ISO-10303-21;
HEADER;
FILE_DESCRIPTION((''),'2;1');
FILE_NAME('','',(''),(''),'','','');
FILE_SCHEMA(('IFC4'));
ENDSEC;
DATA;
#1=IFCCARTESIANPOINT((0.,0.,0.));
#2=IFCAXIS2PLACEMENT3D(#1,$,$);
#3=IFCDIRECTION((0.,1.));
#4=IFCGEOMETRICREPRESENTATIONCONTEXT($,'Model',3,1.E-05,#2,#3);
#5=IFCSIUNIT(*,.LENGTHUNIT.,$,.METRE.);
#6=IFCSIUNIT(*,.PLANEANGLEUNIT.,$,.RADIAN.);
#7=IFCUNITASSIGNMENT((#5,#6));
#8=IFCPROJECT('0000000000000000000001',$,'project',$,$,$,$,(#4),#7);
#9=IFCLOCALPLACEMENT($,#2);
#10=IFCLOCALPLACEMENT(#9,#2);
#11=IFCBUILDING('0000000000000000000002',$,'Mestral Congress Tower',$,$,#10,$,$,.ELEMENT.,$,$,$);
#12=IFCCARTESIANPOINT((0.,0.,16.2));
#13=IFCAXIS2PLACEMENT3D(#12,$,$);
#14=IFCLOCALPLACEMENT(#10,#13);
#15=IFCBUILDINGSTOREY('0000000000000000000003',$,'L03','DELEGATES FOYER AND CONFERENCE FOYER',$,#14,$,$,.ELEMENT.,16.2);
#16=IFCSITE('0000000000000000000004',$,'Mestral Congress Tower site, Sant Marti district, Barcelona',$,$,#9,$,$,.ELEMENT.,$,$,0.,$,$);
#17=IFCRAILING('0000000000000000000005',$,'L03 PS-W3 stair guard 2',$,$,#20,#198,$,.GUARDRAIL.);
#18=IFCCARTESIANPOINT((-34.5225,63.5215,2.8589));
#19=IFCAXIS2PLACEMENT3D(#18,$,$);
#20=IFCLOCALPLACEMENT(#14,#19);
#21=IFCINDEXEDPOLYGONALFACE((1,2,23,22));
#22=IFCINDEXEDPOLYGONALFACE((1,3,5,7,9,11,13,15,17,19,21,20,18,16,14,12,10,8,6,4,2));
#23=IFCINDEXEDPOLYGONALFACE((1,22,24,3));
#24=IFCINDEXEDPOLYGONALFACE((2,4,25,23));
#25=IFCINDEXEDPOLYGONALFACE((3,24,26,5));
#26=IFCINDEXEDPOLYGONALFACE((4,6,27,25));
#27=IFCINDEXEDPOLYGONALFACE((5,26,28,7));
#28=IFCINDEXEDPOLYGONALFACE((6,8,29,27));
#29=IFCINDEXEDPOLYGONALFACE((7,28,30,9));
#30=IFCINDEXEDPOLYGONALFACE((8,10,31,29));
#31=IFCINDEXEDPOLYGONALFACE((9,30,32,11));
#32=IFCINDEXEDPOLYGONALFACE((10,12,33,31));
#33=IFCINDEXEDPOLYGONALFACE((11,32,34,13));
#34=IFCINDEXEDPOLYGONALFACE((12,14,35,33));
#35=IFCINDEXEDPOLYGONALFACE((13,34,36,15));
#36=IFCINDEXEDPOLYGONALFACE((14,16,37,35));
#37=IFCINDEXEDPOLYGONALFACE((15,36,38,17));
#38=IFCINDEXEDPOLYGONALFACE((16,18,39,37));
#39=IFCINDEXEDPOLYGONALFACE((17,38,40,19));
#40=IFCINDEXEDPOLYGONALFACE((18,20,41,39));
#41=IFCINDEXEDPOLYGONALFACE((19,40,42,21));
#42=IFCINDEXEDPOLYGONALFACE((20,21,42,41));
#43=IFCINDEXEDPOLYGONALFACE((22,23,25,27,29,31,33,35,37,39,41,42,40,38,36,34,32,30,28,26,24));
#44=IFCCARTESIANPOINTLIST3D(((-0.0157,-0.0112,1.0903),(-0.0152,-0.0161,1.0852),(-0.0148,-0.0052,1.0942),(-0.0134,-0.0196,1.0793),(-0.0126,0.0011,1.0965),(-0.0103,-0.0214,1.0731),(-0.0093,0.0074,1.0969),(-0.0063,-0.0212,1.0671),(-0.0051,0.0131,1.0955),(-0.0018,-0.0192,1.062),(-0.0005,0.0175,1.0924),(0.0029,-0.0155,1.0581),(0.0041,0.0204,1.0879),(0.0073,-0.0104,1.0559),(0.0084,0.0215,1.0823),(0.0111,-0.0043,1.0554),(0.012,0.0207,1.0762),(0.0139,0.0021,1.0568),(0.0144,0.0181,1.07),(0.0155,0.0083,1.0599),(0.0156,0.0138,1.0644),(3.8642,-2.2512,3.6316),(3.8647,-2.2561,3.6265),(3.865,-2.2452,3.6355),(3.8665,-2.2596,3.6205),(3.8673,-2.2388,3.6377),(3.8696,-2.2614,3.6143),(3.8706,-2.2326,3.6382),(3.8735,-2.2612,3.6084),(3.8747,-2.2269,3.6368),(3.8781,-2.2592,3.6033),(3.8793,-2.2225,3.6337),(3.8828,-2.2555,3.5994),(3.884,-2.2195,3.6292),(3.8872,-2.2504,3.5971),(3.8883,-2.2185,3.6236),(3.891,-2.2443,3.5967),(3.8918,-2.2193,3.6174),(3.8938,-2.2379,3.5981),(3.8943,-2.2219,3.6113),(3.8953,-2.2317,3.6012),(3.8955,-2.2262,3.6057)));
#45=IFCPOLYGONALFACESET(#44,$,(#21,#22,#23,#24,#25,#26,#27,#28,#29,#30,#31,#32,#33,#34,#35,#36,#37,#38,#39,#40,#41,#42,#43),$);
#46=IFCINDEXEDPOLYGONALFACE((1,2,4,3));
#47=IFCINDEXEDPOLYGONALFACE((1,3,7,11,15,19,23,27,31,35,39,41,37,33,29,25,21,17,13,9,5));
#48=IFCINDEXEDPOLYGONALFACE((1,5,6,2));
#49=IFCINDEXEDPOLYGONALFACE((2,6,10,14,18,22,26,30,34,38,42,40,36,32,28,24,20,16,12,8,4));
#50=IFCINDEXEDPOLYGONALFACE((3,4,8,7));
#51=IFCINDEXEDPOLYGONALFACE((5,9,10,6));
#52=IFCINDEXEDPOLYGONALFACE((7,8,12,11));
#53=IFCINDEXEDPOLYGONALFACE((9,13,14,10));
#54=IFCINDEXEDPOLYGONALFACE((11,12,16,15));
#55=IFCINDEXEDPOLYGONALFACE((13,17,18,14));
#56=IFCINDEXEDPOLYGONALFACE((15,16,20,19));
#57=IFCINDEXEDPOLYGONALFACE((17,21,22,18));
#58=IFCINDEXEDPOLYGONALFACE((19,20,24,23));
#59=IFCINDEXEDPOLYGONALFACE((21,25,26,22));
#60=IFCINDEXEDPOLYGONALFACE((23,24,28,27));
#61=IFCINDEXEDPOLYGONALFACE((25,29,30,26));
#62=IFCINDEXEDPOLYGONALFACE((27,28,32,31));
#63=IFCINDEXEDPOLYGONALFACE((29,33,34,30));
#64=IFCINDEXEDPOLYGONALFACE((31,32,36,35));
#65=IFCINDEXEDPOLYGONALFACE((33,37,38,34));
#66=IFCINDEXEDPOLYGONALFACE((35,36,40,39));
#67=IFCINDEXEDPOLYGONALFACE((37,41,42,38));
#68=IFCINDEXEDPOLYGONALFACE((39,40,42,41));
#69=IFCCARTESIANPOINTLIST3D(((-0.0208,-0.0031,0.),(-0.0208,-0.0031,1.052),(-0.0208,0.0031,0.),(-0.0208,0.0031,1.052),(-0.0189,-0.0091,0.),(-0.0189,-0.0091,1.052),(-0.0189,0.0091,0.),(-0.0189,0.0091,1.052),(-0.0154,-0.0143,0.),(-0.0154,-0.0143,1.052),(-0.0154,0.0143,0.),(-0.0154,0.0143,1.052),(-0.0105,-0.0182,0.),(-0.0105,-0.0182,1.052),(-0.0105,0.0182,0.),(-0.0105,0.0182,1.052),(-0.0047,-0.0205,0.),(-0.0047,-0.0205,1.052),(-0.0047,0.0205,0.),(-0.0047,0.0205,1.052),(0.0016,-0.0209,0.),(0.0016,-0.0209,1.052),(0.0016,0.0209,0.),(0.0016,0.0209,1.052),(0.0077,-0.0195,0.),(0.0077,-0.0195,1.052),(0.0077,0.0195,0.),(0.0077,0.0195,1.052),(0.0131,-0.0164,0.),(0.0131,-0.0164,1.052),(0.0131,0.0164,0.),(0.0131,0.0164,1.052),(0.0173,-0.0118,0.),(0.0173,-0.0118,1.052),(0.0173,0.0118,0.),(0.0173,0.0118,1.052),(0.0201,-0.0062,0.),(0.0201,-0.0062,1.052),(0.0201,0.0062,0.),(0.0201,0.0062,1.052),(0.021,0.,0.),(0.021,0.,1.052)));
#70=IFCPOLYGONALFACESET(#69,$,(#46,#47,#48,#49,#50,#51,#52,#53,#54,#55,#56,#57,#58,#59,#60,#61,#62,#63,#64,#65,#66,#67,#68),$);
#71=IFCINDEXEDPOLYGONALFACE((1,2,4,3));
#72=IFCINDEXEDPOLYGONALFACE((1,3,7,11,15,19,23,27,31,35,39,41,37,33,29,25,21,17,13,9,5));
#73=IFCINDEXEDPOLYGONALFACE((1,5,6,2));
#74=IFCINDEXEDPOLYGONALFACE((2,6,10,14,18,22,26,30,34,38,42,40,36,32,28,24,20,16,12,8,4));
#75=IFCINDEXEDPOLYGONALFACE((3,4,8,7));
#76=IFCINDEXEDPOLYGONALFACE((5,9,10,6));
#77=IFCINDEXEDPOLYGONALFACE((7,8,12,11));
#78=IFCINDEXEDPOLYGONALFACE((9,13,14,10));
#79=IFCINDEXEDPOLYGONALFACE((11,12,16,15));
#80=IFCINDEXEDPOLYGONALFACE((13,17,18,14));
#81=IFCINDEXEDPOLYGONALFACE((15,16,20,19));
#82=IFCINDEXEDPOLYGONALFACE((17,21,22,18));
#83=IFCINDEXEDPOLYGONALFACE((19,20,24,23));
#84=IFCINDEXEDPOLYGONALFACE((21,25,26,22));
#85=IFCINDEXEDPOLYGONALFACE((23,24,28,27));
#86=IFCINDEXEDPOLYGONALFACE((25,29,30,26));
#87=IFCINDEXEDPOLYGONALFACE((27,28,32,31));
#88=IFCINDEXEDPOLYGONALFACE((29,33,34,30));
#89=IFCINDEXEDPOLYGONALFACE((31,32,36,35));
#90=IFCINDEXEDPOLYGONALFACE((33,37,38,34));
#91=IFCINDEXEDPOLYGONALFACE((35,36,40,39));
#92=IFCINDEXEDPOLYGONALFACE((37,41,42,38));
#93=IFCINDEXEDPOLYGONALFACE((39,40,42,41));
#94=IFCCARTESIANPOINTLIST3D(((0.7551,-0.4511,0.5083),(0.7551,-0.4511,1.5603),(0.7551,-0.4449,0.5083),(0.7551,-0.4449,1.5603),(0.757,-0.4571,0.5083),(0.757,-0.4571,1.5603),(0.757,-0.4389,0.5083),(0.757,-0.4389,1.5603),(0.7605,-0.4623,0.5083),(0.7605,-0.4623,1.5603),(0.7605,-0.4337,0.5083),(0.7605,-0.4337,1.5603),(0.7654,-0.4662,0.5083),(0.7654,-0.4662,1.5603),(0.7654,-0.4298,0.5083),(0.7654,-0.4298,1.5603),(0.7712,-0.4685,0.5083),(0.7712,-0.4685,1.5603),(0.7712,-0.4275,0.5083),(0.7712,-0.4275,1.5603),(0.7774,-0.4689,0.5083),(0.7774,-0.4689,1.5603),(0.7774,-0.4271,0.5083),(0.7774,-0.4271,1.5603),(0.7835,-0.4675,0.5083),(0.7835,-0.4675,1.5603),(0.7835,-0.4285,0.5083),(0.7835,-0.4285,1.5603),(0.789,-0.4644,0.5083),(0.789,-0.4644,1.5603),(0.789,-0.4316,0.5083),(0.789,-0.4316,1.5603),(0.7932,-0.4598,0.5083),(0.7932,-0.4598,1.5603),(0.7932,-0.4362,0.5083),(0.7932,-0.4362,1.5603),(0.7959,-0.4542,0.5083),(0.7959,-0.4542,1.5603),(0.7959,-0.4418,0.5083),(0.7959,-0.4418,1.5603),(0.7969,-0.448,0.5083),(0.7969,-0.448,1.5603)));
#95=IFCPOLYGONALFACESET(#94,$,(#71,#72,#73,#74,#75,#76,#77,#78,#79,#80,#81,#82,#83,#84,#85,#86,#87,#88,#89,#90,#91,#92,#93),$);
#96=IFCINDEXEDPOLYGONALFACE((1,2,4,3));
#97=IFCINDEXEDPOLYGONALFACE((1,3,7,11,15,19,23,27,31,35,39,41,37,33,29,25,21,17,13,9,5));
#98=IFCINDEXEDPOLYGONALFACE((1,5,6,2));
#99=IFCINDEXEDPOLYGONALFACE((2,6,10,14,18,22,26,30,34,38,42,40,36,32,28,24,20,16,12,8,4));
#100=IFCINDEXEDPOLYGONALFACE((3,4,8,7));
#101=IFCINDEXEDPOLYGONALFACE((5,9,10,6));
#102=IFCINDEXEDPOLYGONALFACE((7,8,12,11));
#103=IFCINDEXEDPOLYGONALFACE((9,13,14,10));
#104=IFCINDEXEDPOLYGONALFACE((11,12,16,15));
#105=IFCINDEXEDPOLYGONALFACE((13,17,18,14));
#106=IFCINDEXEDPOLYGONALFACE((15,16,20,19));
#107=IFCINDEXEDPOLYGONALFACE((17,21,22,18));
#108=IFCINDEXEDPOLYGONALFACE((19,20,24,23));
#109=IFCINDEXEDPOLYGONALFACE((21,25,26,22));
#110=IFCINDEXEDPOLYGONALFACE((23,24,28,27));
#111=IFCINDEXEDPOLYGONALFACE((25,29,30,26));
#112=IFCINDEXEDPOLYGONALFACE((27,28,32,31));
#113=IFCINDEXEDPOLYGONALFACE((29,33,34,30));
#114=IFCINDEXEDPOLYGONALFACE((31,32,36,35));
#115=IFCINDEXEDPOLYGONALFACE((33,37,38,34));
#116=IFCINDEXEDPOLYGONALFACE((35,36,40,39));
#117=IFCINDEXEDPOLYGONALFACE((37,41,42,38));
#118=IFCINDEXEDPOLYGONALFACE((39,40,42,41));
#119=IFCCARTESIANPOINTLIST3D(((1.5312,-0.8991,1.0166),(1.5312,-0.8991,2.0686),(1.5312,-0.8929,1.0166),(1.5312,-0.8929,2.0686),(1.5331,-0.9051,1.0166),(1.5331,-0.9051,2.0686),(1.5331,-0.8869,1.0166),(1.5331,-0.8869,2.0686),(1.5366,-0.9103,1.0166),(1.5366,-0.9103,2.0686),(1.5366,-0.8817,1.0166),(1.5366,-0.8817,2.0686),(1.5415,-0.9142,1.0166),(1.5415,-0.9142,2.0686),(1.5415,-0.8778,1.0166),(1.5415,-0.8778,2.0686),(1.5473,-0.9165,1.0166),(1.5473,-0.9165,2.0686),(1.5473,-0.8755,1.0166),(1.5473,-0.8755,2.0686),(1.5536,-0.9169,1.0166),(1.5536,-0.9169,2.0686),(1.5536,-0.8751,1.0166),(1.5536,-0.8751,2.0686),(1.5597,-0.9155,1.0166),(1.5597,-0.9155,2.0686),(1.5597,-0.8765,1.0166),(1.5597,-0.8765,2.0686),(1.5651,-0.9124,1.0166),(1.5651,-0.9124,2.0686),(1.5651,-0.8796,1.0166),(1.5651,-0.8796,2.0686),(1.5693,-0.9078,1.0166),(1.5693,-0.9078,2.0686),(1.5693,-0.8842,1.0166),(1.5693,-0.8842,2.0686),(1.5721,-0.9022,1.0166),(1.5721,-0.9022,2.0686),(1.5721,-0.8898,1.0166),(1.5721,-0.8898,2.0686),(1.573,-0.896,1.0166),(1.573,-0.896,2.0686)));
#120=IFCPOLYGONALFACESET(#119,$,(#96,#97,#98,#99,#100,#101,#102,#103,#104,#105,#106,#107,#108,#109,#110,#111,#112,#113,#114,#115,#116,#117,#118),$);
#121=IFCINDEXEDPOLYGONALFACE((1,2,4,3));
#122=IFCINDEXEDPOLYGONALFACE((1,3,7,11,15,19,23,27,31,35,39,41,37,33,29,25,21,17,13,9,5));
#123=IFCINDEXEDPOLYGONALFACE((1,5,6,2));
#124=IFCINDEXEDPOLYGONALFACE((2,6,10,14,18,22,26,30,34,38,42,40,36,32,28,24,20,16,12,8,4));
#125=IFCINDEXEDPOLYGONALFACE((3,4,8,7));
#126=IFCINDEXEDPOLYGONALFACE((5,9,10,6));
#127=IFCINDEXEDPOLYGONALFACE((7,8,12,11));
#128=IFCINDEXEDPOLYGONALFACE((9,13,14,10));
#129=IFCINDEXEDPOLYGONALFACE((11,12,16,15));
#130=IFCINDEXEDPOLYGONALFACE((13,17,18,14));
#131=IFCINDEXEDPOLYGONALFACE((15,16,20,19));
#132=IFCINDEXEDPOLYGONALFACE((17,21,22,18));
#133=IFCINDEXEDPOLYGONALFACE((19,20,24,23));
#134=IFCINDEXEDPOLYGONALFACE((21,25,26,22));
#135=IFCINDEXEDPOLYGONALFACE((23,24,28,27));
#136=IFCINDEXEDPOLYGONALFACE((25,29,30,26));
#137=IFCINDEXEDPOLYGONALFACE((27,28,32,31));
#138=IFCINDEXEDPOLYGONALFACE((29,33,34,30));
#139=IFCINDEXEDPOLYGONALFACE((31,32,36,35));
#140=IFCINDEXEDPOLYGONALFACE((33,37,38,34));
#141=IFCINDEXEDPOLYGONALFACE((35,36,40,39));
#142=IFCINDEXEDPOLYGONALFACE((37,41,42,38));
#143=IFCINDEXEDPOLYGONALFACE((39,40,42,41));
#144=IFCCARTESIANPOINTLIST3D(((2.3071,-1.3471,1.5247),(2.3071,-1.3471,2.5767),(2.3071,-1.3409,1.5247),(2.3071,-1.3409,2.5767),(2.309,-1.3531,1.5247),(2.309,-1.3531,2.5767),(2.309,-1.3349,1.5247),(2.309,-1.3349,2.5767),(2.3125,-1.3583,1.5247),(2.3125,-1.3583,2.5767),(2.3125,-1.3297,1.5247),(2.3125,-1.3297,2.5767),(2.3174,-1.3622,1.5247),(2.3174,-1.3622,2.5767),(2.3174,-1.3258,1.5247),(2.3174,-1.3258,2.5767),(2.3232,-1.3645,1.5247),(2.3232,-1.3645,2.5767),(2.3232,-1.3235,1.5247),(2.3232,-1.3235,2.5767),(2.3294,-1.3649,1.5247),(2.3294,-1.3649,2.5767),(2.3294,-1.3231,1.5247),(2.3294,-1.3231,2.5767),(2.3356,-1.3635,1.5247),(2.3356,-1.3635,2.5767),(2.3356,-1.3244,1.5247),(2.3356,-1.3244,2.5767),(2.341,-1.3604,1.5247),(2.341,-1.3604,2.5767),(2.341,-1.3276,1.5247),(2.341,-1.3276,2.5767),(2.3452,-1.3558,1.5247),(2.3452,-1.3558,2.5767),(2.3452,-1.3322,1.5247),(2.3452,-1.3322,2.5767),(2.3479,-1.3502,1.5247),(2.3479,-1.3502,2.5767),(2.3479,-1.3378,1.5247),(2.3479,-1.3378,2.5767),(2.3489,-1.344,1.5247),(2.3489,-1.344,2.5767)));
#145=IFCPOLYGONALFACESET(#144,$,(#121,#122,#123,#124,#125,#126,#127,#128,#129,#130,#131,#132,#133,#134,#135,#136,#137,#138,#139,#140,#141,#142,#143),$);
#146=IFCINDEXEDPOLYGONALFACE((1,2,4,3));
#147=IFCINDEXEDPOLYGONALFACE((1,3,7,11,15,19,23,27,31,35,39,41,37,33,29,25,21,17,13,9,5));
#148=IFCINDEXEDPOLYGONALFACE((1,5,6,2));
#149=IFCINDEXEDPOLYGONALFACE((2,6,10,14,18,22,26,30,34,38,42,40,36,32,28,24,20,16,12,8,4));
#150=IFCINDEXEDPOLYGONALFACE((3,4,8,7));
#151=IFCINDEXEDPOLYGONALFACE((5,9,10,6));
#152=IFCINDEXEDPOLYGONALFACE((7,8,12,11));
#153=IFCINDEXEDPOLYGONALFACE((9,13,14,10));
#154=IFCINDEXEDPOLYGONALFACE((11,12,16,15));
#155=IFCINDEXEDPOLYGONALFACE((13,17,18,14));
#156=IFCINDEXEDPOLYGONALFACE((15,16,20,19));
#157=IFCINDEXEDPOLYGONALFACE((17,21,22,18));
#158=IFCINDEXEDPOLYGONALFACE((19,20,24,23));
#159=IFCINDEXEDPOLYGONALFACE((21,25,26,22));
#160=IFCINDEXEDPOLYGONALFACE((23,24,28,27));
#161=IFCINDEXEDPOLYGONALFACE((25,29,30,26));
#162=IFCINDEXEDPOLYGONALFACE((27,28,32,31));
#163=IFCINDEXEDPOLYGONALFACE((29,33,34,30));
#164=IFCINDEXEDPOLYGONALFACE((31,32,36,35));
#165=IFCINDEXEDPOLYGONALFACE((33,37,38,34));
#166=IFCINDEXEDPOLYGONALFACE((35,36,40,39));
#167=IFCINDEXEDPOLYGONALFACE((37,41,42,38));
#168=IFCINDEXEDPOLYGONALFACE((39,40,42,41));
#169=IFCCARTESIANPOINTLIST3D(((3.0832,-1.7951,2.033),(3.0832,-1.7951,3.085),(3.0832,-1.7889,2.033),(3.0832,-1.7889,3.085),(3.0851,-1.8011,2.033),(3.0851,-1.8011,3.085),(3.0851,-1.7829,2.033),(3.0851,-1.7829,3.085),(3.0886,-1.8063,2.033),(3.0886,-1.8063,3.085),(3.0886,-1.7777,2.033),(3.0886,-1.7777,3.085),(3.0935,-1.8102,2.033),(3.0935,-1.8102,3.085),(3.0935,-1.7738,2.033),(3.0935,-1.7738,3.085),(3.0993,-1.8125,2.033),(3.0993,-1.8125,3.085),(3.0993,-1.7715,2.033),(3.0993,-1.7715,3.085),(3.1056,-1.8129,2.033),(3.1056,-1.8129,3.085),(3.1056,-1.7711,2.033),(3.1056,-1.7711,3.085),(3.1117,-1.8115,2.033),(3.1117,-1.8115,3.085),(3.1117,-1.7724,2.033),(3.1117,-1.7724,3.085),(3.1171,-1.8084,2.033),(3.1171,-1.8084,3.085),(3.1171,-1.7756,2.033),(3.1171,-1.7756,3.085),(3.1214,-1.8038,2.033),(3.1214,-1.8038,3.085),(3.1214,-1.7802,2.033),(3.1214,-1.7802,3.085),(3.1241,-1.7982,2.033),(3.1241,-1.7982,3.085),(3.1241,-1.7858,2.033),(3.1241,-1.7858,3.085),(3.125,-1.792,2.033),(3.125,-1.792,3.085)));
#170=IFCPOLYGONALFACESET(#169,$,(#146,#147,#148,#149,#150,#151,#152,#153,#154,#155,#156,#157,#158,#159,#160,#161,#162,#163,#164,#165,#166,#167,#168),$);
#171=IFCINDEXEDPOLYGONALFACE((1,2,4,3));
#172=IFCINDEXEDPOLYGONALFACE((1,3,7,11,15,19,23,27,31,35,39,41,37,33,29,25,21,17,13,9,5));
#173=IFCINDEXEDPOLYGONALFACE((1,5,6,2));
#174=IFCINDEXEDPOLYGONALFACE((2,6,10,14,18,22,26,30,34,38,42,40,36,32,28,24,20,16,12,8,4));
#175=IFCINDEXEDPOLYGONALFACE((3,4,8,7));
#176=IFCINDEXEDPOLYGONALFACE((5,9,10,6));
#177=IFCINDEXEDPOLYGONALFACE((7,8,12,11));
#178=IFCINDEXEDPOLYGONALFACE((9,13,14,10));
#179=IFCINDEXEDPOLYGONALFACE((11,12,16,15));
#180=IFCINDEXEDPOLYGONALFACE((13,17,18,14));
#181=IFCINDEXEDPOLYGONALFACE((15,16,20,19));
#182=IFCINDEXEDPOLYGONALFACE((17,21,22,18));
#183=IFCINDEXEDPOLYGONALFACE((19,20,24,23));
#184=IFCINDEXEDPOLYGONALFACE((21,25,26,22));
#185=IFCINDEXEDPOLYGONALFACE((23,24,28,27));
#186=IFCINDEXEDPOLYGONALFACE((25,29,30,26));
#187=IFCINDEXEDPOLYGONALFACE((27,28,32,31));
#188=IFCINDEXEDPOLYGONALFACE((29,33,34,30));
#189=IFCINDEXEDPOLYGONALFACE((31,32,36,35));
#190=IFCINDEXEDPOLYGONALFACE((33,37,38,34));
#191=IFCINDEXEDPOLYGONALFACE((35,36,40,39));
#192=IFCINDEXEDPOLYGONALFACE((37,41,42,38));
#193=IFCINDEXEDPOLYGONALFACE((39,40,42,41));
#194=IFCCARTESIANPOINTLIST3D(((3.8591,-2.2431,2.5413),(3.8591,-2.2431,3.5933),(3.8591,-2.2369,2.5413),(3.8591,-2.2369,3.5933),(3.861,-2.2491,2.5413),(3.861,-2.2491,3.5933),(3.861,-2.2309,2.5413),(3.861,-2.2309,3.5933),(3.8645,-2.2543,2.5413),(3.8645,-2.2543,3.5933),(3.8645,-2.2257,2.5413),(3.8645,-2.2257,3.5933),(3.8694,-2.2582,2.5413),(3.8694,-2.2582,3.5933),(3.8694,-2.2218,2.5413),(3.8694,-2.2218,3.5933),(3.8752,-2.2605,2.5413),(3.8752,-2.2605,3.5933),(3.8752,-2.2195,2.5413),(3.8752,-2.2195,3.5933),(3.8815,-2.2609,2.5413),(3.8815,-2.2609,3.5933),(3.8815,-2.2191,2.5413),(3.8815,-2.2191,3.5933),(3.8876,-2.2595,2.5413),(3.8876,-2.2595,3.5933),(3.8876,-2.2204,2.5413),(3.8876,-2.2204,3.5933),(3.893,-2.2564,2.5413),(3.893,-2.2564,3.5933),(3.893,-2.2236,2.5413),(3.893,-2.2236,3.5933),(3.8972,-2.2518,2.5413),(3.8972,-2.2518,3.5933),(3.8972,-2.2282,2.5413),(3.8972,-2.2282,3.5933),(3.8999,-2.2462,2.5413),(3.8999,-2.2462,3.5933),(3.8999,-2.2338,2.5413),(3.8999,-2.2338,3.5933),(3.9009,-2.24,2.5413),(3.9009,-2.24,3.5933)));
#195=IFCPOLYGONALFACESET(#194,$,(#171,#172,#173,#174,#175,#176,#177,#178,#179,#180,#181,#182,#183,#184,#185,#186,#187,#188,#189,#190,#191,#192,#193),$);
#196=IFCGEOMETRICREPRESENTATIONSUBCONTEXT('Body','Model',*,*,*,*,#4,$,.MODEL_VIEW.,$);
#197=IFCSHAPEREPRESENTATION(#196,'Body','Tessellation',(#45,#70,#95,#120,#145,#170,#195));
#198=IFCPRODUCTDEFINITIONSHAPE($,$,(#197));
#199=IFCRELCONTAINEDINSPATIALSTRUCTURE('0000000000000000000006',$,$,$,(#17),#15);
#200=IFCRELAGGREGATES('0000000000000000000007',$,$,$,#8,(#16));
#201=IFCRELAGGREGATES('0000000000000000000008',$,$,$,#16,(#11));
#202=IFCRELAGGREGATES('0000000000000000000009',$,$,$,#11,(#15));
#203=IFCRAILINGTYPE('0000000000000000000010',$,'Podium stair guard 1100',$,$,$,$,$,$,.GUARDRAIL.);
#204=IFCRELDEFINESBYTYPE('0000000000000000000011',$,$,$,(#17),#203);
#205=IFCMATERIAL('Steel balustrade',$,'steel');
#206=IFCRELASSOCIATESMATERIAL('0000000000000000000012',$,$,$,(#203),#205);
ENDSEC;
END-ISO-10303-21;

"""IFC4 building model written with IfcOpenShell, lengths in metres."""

from ifc_helpers import new_model, si_unit, direction, frame, origin, origin_2d, place, context, subcontext, project, spatial, circle, extrude, material, type_object, element, save


model = new_model("IFC4")

# Units and contexts
model_context = context("Model", 3, precision=1e-05, world=origin(), true_north=direction((0.0, 1.0)))
body_context = subcontext(model_context, "Body", "Model", "MODEL_VIEW")
ifc_project = project(units=[si_unit("LENGTHUNIT", "METRE"), si_unit("PLANEANGLEUNIT", "RADIAN")], contexts=[model_context])

# Site, building, storey
site_placement = place(None, origin())
site = spatial("IfcSite", under=ifc_project, at=site_placement, Name="Mestral Congress Tower site, Sant Marti district, Barcelona", CompositionType="ELEMENT", RefElevation=0.0)
building_placement = place(site_placement, origin())
building = spatial("IfcBuilding", under=site, at=building_placement, Name="Mestral Congress Tower", CompositionType="ELEMENT")
storey_placement = place(building_placement, frame((0.0, 0.0, 16.2)))
storey = spatial("IfcBuildingStorey", under=building, at=storey_placement, Name="L03", Description="DELEGATES FOYER AND CONFERENCE FOYER", CompositionType="ELEMENT", Elevation=16.2)

# Railing
ifc_material_1 = material(Name="Steel balustrade", Category="steel")
railing_type_1 = type_object("IfcRailingType", Name="Podium stair guard 1100", PredefinedType="GUARDRAIL", material=ifc_material_1)
railing_1_placement = place(storey_placement, frame((-34.5225, 63.5215, 2.8589)))
element("IfcRailing", 1, at=railing_1_placement, inside=storey, type_object=railing_type_1, Name="L03 PS-W3 stair guard 2", PredefinedType="GUARDRAIL", context=body_context, shape_type="SweptSolid", body=[
    extrude(circle(Radius=0.0239, at=origin_2d()), frame((0.0, 0.0, 1.0762), z_axis=(0.753282, -0.434896, 0.493388), x_axis=(0.49999, 0.866031, 0.0)), (0.0, 0.0, 1.0), 5.1506),
    extrude(circle(Radius=0.021, at=origin_2d()), origin(), (0.0, 0.0, 1.0), 1.052),
    extrude(circle(Radius=0.021, at=origin_2d()), frame((0.7759, -0.448, 0.5083)), (0.0, 0.0, 1.0), 1.052),
    extrude(circle(Radius=0.021, at=origin_2d()), frame((1.552, -0.896, 1.0166)), (0.0, 0.0, 1.0), 1.052),
    extrude(circle(Radius=0.021, at=origin_2d()), frame((2.3279, -1.344, 1.5247)), (0.0, 0.0, 1.0), 1.052),
    extrude(circle(Radius=0.021, at=origin_2d()), frame((3.104, -1.792, 2.033)), (0.0, 0.0, 1.0), 1.052),
    extrude(circle(Radius=0.021, at=origin_2d()), frame((3.8799, -2.24, 2.5413)), (0.0, 0.0, 1.0), 1.052),
])

save(model, "model.ifc")
